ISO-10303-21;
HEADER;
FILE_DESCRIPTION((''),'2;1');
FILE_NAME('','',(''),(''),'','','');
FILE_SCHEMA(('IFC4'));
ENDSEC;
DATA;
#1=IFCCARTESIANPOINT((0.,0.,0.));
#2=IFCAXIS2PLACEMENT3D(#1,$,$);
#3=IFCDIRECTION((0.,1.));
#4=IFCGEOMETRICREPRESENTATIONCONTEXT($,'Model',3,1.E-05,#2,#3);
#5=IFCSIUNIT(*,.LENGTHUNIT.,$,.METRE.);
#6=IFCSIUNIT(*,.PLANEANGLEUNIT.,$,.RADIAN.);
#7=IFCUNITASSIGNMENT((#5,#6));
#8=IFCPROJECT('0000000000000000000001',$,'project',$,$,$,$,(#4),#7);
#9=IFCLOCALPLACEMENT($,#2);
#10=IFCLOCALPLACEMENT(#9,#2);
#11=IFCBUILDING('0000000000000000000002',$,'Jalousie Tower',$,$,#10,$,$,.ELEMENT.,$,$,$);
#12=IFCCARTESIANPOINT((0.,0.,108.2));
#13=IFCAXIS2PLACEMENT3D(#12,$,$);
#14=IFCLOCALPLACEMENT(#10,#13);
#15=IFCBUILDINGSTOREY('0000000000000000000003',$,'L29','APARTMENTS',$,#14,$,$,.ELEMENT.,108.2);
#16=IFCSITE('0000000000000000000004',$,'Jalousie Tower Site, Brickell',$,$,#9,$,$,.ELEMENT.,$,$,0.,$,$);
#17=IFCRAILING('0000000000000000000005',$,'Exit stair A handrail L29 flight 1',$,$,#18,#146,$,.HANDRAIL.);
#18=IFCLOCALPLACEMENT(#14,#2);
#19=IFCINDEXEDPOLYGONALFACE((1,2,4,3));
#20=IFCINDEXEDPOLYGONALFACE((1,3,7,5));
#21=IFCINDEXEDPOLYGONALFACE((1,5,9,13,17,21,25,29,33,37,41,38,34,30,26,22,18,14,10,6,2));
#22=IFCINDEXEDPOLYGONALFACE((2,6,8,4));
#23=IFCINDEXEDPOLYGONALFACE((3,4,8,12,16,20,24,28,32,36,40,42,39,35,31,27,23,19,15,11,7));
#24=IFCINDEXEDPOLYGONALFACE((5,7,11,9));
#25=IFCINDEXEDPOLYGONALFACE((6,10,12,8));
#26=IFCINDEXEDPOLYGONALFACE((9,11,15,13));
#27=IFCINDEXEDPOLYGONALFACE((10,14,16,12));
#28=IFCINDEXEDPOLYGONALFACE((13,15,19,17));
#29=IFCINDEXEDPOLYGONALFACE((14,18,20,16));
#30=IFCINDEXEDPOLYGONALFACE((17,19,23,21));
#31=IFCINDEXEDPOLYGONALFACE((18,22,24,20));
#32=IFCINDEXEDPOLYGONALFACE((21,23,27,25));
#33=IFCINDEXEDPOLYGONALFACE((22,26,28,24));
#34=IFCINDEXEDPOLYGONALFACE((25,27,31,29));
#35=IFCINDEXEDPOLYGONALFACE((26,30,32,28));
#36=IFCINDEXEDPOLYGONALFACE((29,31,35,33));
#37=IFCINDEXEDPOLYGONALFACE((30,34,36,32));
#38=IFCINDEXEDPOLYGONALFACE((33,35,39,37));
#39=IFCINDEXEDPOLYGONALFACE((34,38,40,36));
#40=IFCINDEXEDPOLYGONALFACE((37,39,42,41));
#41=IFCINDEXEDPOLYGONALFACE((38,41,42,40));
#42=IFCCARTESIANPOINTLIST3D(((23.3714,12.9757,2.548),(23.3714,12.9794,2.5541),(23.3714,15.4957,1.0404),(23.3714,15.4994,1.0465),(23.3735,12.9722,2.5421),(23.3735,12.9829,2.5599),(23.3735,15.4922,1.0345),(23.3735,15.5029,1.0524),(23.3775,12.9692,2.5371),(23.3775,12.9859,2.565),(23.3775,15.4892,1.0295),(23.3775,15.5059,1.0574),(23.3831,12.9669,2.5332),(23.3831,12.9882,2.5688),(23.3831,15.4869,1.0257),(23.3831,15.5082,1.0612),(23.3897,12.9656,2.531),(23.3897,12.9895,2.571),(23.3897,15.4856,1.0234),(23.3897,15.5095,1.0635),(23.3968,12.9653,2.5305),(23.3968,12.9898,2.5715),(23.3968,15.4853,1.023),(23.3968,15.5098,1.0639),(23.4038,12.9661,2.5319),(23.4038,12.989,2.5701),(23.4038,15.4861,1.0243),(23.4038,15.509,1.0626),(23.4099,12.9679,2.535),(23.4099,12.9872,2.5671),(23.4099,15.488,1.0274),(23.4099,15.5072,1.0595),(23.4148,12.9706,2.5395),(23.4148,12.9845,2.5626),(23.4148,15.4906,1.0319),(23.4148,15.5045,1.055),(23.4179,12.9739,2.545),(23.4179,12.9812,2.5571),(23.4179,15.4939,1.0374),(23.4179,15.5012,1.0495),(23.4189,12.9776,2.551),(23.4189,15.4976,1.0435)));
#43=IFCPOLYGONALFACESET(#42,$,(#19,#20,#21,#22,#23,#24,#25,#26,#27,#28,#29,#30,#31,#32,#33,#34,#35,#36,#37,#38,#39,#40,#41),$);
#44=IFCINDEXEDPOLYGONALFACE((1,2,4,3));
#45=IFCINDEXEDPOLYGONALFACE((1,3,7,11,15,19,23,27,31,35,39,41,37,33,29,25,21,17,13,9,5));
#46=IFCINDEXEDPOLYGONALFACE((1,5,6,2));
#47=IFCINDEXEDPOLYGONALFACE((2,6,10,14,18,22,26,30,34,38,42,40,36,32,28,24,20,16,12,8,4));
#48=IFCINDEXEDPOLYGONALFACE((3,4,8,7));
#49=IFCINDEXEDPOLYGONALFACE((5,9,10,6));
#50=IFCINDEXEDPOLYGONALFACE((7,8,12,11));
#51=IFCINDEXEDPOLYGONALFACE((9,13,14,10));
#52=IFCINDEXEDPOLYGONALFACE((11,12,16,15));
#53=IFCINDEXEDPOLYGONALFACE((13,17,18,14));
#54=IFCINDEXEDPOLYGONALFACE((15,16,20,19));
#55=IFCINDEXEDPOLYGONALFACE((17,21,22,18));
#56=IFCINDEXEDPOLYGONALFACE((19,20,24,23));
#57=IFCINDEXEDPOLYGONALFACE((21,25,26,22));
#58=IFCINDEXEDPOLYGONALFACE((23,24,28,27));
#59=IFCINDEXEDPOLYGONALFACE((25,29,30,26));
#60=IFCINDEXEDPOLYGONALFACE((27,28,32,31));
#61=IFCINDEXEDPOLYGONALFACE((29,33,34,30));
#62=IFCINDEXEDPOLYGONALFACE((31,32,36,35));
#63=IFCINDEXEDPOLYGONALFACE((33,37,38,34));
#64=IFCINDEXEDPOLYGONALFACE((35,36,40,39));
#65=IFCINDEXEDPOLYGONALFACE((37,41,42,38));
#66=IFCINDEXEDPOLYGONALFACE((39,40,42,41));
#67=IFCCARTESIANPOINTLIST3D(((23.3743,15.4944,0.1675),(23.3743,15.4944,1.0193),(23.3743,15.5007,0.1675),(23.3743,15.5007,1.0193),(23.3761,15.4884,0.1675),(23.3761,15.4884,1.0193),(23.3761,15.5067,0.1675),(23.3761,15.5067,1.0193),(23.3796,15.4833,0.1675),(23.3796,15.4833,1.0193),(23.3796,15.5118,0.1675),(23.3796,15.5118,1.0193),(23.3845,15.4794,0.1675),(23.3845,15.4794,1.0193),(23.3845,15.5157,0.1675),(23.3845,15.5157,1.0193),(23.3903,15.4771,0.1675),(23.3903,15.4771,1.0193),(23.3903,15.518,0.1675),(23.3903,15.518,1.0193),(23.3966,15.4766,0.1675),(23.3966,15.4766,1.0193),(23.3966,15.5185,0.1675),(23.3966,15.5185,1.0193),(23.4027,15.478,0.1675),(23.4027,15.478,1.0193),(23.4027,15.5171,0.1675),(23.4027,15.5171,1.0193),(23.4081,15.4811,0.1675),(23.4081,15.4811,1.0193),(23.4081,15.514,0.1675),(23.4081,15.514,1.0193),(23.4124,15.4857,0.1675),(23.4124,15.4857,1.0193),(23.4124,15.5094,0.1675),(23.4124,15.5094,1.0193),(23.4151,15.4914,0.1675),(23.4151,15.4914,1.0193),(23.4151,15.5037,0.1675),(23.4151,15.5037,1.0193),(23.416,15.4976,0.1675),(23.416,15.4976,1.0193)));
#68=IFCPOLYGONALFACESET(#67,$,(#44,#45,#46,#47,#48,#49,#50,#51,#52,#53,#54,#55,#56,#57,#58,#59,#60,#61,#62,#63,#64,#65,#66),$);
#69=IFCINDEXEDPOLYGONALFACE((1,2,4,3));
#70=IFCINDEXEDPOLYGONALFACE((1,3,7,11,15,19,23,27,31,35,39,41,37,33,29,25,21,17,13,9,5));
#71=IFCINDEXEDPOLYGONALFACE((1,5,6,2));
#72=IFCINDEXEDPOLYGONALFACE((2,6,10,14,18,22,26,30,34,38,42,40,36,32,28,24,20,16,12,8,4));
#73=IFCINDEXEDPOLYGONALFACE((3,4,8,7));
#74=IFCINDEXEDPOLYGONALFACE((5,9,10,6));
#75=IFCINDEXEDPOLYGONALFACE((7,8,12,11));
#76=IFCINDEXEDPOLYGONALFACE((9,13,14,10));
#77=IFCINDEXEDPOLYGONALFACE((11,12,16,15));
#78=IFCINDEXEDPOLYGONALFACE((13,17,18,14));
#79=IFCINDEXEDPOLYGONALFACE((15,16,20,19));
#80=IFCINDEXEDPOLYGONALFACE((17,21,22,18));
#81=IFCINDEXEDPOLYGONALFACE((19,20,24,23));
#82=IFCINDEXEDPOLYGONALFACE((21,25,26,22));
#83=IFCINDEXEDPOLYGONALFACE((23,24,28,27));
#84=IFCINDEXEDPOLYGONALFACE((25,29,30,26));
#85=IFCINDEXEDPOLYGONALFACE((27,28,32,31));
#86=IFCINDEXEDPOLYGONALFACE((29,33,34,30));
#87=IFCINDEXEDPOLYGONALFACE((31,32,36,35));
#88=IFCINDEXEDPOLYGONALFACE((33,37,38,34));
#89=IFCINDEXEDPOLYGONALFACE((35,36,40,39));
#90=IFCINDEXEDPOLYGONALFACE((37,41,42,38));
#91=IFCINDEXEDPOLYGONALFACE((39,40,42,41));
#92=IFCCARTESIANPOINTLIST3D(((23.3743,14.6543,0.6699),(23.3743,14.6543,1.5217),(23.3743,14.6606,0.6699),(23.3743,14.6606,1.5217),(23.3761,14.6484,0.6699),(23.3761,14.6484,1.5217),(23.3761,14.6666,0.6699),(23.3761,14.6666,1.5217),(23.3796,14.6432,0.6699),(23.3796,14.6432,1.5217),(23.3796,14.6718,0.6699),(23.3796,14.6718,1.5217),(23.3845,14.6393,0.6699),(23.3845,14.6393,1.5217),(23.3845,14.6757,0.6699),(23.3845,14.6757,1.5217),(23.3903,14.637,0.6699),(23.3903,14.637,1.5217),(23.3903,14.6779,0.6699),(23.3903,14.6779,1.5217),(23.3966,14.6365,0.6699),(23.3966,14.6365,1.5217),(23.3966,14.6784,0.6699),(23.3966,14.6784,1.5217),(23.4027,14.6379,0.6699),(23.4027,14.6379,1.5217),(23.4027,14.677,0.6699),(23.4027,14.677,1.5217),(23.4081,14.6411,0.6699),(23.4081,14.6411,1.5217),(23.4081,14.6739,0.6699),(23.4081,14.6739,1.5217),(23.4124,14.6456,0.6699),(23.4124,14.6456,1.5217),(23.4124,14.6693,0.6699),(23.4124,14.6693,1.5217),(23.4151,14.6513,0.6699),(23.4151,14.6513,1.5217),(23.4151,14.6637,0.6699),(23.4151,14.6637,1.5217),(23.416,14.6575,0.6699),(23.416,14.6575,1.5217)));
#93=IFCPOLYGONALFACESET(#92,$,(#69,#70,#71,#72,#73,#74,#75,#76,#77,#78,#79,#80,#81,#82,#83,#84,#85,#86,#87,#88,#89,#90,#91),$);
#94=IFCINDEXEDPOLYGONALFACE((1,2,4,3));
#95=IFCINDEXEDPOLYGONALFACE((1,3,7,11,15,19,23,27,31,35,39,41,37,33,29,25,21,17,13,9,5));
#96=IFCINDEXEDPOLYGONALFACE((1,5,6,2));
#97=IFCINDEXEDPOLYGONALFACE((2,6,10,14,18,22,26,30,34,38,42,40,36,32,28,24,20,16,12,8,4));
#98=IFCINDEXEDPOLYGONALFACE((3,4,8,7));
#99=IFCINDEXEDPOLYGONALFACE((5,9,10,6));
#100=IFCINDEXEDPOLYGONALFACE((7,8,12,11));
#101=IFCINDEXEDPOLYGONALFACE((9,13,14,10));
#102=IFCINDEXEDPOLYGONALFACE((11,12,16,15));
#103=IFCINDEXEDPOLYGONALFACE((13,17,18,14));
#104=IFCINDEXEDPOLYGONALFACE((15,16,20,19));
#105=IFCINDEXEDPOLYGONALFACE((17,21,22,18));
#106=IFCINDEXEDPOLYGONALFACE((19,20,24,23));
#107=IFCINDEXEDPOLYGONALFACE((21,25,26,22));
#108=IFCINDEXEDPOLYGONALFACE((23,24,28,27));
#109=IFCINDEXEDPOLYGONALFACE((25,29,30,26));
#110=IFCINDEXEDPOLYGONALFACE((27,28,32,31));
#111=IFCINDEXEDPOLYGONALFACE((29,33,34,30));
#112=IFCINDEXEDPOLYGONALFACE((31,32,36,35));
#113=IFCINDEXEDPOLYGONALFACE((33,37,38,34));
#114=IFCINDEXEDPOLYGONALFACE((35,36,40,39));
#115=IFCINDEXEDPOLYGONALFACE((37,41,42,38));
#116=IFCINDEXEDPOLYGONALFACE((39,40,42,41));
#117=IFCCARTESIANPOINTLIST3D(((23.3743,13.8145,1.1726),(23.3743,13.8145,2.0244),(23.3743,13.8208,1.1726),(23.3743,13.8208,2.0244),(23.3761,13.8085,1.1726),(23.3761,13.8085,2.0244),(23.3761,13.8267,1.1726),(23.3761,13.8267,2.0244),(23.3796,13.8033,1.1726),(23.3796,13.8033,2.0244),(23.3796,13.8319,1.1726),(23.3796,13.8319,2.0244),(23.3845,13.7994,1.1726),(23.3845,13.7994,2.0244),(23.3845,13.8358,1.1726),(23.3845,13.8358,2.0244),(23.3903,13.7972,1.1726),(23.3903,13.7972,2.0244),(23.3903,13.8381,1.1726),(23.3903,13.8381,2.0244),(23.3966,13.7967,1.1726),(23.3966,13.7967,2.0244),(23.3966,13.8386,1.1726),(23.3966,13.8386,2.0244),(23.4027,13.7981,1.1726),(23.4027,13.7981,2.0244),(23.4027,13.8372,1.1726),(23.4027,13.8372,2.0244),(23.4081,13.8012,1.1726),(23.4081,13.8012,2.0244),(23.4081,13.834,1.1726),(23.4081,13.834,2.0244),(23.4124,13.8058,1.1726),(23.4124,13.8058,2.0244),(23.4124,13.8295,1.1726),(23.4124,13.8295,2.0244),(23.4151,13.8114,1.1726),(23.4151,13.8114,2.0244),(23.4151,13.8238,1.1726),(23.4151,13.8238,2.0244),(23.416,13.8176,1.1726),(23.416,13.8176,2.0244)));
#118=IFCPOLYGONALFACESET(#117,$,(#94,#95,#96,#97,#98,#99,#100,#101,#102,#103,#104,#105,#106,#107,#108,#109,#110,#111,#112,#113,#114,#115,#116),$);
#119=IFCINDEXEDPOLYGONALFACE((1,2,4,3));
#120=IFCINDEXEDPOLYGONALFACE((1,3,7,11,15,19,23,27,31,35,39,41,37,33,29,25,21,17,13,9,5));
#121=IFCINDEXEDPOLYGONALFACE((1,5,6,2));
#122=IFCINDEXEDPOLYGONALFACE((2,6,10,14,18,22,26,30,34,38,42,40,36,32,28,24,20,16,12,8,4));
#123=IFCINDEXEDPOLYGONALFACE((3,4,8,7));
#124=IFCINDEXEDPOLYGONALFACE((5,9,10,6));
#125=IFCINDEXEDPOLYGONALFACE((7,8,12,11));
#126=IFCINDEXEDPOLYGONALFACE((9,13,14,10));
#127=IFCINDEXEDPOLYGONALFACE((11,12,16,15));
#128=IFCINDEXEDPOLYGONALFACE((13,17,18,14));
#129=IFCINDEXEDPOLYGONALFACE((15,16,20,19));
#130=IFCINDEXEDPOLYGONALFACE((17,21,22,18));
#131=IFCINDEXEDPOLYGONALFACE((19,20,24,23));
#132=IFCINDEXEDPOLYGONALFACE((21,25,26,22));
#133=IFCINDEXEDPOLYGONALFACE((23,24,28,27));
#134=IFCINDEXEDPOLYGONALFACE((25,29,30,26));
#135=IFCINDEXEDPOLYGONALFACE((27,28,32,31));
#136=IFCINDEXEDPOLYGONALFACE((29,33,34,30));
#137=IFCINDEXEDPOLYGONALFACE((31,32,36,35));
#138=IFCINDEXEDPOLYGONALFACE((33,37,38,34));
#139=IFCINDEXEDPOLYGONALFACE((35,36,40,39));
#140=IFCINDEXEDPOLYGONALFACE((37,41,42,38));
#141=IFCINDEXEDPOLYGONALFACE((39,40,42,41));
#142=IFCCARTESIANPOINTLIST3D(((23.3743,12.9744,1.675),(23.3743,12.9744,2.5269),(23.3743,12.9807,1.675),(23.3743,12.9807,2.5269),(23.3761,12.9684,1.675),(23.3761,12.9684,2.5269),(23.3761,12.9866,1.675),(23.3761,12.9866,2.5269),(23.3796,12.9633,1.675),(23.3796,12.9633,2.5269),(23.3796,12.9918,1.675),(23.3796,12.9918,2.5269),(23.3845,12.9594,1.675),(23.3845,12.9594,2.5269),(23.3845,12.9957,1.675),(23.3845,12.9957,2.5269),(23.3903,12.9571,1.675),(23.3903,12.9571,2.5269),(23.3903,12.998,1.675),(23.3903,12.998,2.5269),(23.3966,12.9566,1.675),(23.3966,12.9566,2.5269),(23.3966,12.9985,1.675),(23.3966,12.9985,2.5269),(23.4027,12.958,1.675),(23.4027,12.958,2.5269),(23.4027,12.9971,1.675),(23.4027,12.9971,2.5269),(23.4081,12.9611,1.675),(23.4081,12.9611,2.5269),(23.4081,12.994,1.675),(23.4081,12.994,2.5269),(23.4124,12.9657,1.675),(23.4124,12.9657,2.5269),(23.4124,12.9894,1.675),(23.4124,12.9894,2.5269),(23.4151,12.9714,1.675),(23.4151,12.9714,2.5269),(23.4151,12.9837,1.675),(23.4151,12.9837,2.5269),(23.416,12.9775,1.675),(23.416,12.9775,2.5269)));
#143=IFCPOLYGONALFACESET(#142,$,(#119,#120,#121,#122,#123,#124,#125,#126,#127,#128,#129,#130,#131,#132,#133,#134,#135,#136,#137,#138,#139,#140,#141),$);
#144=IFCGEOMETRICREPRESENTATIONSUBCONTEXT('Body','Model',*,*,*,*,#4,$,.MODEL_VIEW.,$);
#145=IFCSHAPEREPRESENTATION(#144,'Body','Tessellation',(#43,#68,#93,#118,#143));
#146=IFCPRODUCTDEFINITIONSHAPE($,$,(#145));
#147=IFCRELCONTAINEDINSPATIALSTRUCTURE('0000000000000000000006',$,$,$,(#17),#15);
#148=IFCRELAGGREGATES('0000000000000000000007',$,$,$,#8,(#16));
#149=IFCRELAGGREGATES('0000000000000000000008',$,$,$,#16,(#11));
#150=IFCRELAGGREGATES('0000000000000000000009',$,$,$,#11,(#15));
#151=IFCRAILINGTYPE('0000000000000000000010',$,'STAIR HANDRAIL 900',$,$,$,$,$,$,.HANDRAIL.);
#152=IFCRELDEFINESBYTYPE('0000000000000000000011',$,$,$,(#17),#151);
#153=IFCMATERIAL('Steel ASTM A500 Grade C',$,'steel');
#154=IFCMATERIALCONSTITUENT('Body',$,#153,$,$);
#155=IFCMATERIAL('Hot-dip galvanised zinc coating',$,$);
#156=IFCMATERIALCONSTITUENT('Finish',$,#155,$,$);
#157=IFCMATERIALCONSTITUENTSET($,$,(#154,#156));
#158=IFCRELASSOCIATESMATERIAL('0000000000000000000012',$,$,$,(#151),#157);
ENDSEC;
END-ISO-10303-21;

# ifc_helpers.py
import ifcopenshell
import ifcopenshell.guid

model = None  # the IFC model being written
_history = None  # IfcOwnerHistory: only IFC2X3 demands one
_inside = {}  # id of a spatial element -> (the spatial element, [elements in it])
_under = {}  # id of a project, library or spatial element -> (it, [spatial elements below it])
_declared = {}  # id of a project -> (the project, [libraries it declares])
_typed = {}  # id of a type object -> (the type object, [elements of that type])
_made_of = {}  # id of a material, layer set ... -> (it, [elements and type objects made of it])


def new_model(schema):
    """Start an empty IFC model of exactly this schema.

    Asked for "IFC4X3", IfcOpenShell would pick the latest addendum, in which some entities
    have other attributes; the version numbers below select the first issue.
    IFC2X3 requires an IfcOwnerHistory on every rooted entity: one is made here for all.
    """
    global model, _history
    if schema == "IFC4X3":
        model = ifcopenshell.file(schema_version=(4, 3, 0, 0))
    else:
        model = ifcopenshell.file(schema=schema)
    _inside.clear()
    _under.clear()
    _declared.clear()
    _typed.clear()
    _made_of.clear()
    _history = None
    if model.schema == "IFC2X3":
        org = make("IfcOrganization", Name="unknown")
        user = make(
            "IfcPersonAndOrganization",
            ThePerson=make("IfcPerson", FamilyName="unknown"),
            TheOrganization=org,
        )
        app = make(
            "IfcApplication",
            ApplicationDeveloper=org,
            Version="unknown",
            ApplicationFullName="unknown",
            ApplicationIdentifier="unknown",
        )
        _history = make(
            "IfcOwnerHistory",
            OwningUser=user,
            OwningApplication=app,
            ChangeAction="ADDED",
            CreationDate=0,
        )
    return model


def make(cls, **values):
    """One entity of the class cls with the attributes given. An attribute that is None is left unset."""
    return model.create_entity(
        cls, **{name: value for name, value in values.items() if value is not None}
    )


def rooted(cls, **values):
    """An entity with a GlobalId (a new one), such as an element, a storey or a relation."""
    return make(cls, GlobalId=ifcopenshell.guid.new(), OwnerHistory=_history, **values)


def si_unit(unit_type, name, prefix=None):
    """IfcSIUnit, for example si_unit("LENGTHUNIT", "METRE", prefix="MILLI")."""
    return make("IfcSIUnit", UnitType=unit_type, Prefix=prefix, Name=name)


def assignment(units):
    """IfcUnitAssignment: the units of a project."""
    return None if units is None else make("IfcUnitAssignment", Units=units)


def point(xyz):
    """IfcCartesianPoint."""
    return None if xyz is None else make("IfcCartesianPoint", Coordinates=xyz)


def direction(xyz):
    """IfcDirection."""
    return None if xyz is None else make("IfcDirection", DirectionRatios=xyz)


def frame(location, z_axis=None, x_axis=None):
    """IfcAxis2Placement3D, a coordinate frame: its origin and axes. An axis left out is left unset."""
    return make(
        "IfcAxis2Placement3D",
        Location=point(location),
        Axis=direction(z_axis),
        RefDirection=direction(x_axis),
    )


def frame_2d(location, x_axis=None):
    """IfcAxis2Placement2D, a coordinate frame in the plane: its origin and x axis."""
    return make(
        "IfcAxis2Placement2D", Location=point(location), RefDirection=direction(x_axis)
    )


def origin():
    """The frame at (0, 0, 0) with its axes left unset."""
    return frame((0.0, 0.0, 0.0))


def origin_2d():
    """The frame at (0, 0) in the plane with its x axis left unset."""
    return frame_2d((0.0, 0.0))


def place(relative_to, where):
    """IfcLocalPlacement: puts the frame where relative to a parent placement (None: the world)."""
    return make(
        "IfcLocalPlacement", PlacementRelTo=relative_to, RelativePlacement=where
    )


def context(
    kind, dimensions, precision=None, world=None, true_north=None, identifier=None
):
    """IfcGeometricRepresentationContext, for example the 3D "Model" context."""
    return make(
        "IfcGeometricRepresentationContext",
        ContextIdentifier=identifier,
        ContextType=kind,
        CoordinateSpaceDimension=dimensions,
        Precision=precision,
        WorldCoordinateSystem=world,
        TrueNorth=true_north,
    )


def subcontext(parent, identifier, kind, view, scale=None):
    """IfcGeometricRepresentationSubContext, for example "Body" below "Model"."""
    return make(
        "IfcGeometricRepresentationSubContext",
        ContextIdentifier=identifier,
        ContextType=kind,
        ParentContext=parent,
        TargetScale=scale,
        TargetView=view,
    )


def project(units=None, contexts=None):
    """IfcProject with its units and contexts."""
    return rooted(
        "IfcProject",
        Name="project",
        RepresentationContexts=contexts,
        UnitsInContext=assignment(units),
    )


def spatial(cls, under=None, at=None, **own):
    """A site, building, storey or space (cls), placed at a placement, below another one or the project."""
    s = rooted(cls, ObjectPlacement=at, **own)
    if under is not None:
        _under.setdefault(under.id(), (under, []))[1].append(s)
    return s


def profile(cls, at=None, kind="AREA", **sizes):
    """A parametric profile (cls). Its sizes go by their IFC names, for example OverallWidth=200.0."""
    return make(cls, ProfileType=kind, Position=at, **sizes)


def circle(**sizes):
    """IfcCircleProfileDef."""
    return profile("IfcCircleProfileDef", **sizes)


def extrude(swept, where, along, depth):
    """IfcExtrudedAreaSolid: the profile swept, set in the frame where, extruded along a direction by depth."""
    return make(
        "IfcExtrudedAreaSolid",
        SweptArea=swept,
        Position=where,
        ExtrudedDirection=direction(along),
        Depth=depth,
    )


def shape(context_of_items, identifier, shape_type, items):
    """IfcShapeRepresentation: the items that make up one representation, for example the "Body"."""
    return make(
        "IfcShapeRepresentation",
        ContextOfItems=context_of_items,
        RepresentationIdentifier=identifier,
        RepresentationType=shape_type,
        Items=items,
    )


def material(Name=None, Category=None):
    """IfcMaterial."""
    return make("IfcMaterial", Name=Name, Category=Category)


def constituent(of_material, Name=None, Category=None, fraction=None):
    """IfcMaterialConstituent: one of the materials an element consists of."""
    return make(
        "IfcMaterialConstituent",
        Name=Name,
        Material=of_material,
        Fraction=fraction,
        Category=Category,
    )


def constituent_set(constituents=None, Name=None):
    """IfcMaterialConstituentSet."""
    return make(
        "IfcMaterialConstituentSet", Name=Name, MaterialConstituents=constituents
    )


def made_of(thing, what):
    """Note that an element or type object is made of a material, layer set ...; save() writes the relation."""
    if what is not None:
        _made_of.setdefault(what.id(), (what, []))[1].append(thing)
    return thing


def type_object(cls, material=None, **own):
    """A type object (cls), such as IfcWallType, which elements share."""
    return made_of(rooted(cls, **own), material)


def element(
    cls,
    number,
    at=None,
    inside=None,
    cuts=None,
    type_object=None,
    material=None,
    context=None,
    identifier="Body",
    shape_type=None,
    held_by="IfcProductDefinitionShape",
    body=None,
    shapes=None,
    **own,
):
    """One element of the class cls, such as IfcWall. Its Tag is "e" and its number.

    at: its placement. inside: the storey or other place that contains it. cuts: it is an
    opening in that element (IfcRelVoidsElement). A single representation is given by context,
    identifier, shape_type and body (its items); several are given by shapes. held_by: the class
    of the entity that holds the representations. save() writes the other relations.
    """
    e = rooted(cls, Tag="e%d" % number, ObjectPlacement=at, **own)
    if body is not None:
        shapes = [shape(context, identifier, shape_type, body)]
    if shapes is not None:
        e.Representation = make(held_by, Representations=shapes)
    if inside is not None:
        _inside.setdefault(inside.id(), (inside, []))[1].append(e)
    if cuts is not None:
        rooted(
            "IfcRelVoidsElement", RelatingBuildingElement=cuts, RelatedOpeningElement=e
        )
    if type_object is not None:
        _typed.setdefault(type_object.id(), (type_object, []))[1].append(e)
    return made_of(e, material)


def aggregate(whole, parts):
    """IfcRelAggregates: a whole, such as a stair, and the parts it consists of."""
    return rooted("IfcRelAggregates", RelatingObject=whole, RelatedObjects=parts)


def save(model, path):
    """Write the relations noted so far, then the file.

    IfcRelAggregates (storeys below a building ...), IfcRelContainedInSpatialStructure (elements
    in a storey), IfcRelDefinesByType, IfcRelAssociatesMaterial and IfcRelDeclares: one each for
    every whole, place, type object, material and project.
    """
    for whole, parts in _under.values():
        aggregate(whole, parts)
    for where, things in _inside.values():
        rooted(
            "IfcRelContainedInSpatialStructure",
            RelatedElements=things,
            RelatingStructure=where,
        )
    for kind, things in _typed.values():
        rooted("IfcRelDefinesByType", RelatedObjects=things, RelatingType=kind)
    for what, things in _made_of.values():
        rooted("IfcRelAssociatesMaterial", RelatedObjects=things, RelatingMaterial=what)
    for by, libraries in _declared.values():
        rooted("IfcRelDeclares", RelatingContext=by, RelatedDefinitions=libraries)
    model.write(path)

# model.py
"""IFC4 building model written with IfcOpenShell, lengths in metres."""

from ifc_helpers import new_model, si_unit, direction, frame, origin, origin_2d, place, context, subcontext, project, spatial, circle, extrude, material, constituent, constituent_set, type_object, element, save


model = new_model("IFC4")

# Units and contexts
model_context = context("Model", 3, precision=1e-05, world=origin(), true_north=direction((0.0, 1.0)))
body_context = subcontext(model_context, "Body", "Model", "MODEL_VIEW")
ifc_project = project(units=[si_unit("LENGTHUNIT", "METRE"), si_unit("PLANEANGLEUNIT", "RADIAN")], contexts=[model_context])

# Site, building, storey
site_placement = place(None, origin())
site = spatial("IfcSite", under=ifc_project, at=site_placement, Name="Jalousie Tower Site, Brickell", CompositionType="ELEMENT", RefElevation=0.0)
building_placement = place(site_placement, origin())
building = spatial("IfcBuilding", under=site, at=building_placement, Name="Jalousie Tower", CompositionType="ELEMENT")
storey_placement = place(building_placement, frame((0.0, 0.0, 108.2)))
storey = spatial("IfcBuildingStorey", under=building, at=storey_placement, Name="L29", Description="APARTMENTS", CompositionType="ELEMENT", Elevation=108.2)

# Railing
ifc_material_1 = material(Name="Steel ASTM A500 Grade C", Category="steel")
ifc_constituent_1 = constituent(ifc_material_1, Name="Body")
ifc_material_2 = material(Name="Hot-dip galvanised zinc coating")
ifc_constituent_2 = constituent(ifc_material_2, Name="Finish")
ifc_constituent_set_1 = constituent_set(constituents=[ifc_constituent_1, ifc_constituent_2])
railing_type = type_object("IfcRailingType", Name="STAIR HANDRAIL 900", PredefinedType="HANDRAIL", material=ifc_constituent_set_1)
railing_placement = place(storey_placement, frame((23.395, 15.4976, 0.1675)))
element("IfcRailing", 1, at=railing_placement, inside=storey, type_object=railing_type, Name="Exit stair A handrail L29 flight 1", PredefinedType="HANDRAIL", context=body_context, shape_type="SweptSolid", body=[
    extrude(circle(Radius=0.0239, at=origin_2d()), frame((0.0, 0.0, 0.876), z_axis=(0.0, -0.85816, 0.513383), x_axis=(1.0, 0.0, 0.0)), (0.0, 0.0, 1.0), 2.9365),
    extrude(circle(Radius=0.021, at=origin_2d()), origin(), (0.0, 0.0, 1.0), 0.8518),
    extrude(circle(Radius=0.021, at=origin_2d()), frame((0.0, -0.8401, 0.5024)), (0.0, 0.0, 1.0), 0.8518),
    extrude(circle(Radius=0.021, at=origin_2d()), frame((0.0, -1.6799, 1.0051)), (0.0, 0.0, 1.0), 0.8518),
    extrude(circle(Radius=0.021, at=origin_2d()), frame((0.0, -2.52, 1.5076)), (0.0, 0.0, 1.0), 0.8518),
])

save(model, "model.ifc")
